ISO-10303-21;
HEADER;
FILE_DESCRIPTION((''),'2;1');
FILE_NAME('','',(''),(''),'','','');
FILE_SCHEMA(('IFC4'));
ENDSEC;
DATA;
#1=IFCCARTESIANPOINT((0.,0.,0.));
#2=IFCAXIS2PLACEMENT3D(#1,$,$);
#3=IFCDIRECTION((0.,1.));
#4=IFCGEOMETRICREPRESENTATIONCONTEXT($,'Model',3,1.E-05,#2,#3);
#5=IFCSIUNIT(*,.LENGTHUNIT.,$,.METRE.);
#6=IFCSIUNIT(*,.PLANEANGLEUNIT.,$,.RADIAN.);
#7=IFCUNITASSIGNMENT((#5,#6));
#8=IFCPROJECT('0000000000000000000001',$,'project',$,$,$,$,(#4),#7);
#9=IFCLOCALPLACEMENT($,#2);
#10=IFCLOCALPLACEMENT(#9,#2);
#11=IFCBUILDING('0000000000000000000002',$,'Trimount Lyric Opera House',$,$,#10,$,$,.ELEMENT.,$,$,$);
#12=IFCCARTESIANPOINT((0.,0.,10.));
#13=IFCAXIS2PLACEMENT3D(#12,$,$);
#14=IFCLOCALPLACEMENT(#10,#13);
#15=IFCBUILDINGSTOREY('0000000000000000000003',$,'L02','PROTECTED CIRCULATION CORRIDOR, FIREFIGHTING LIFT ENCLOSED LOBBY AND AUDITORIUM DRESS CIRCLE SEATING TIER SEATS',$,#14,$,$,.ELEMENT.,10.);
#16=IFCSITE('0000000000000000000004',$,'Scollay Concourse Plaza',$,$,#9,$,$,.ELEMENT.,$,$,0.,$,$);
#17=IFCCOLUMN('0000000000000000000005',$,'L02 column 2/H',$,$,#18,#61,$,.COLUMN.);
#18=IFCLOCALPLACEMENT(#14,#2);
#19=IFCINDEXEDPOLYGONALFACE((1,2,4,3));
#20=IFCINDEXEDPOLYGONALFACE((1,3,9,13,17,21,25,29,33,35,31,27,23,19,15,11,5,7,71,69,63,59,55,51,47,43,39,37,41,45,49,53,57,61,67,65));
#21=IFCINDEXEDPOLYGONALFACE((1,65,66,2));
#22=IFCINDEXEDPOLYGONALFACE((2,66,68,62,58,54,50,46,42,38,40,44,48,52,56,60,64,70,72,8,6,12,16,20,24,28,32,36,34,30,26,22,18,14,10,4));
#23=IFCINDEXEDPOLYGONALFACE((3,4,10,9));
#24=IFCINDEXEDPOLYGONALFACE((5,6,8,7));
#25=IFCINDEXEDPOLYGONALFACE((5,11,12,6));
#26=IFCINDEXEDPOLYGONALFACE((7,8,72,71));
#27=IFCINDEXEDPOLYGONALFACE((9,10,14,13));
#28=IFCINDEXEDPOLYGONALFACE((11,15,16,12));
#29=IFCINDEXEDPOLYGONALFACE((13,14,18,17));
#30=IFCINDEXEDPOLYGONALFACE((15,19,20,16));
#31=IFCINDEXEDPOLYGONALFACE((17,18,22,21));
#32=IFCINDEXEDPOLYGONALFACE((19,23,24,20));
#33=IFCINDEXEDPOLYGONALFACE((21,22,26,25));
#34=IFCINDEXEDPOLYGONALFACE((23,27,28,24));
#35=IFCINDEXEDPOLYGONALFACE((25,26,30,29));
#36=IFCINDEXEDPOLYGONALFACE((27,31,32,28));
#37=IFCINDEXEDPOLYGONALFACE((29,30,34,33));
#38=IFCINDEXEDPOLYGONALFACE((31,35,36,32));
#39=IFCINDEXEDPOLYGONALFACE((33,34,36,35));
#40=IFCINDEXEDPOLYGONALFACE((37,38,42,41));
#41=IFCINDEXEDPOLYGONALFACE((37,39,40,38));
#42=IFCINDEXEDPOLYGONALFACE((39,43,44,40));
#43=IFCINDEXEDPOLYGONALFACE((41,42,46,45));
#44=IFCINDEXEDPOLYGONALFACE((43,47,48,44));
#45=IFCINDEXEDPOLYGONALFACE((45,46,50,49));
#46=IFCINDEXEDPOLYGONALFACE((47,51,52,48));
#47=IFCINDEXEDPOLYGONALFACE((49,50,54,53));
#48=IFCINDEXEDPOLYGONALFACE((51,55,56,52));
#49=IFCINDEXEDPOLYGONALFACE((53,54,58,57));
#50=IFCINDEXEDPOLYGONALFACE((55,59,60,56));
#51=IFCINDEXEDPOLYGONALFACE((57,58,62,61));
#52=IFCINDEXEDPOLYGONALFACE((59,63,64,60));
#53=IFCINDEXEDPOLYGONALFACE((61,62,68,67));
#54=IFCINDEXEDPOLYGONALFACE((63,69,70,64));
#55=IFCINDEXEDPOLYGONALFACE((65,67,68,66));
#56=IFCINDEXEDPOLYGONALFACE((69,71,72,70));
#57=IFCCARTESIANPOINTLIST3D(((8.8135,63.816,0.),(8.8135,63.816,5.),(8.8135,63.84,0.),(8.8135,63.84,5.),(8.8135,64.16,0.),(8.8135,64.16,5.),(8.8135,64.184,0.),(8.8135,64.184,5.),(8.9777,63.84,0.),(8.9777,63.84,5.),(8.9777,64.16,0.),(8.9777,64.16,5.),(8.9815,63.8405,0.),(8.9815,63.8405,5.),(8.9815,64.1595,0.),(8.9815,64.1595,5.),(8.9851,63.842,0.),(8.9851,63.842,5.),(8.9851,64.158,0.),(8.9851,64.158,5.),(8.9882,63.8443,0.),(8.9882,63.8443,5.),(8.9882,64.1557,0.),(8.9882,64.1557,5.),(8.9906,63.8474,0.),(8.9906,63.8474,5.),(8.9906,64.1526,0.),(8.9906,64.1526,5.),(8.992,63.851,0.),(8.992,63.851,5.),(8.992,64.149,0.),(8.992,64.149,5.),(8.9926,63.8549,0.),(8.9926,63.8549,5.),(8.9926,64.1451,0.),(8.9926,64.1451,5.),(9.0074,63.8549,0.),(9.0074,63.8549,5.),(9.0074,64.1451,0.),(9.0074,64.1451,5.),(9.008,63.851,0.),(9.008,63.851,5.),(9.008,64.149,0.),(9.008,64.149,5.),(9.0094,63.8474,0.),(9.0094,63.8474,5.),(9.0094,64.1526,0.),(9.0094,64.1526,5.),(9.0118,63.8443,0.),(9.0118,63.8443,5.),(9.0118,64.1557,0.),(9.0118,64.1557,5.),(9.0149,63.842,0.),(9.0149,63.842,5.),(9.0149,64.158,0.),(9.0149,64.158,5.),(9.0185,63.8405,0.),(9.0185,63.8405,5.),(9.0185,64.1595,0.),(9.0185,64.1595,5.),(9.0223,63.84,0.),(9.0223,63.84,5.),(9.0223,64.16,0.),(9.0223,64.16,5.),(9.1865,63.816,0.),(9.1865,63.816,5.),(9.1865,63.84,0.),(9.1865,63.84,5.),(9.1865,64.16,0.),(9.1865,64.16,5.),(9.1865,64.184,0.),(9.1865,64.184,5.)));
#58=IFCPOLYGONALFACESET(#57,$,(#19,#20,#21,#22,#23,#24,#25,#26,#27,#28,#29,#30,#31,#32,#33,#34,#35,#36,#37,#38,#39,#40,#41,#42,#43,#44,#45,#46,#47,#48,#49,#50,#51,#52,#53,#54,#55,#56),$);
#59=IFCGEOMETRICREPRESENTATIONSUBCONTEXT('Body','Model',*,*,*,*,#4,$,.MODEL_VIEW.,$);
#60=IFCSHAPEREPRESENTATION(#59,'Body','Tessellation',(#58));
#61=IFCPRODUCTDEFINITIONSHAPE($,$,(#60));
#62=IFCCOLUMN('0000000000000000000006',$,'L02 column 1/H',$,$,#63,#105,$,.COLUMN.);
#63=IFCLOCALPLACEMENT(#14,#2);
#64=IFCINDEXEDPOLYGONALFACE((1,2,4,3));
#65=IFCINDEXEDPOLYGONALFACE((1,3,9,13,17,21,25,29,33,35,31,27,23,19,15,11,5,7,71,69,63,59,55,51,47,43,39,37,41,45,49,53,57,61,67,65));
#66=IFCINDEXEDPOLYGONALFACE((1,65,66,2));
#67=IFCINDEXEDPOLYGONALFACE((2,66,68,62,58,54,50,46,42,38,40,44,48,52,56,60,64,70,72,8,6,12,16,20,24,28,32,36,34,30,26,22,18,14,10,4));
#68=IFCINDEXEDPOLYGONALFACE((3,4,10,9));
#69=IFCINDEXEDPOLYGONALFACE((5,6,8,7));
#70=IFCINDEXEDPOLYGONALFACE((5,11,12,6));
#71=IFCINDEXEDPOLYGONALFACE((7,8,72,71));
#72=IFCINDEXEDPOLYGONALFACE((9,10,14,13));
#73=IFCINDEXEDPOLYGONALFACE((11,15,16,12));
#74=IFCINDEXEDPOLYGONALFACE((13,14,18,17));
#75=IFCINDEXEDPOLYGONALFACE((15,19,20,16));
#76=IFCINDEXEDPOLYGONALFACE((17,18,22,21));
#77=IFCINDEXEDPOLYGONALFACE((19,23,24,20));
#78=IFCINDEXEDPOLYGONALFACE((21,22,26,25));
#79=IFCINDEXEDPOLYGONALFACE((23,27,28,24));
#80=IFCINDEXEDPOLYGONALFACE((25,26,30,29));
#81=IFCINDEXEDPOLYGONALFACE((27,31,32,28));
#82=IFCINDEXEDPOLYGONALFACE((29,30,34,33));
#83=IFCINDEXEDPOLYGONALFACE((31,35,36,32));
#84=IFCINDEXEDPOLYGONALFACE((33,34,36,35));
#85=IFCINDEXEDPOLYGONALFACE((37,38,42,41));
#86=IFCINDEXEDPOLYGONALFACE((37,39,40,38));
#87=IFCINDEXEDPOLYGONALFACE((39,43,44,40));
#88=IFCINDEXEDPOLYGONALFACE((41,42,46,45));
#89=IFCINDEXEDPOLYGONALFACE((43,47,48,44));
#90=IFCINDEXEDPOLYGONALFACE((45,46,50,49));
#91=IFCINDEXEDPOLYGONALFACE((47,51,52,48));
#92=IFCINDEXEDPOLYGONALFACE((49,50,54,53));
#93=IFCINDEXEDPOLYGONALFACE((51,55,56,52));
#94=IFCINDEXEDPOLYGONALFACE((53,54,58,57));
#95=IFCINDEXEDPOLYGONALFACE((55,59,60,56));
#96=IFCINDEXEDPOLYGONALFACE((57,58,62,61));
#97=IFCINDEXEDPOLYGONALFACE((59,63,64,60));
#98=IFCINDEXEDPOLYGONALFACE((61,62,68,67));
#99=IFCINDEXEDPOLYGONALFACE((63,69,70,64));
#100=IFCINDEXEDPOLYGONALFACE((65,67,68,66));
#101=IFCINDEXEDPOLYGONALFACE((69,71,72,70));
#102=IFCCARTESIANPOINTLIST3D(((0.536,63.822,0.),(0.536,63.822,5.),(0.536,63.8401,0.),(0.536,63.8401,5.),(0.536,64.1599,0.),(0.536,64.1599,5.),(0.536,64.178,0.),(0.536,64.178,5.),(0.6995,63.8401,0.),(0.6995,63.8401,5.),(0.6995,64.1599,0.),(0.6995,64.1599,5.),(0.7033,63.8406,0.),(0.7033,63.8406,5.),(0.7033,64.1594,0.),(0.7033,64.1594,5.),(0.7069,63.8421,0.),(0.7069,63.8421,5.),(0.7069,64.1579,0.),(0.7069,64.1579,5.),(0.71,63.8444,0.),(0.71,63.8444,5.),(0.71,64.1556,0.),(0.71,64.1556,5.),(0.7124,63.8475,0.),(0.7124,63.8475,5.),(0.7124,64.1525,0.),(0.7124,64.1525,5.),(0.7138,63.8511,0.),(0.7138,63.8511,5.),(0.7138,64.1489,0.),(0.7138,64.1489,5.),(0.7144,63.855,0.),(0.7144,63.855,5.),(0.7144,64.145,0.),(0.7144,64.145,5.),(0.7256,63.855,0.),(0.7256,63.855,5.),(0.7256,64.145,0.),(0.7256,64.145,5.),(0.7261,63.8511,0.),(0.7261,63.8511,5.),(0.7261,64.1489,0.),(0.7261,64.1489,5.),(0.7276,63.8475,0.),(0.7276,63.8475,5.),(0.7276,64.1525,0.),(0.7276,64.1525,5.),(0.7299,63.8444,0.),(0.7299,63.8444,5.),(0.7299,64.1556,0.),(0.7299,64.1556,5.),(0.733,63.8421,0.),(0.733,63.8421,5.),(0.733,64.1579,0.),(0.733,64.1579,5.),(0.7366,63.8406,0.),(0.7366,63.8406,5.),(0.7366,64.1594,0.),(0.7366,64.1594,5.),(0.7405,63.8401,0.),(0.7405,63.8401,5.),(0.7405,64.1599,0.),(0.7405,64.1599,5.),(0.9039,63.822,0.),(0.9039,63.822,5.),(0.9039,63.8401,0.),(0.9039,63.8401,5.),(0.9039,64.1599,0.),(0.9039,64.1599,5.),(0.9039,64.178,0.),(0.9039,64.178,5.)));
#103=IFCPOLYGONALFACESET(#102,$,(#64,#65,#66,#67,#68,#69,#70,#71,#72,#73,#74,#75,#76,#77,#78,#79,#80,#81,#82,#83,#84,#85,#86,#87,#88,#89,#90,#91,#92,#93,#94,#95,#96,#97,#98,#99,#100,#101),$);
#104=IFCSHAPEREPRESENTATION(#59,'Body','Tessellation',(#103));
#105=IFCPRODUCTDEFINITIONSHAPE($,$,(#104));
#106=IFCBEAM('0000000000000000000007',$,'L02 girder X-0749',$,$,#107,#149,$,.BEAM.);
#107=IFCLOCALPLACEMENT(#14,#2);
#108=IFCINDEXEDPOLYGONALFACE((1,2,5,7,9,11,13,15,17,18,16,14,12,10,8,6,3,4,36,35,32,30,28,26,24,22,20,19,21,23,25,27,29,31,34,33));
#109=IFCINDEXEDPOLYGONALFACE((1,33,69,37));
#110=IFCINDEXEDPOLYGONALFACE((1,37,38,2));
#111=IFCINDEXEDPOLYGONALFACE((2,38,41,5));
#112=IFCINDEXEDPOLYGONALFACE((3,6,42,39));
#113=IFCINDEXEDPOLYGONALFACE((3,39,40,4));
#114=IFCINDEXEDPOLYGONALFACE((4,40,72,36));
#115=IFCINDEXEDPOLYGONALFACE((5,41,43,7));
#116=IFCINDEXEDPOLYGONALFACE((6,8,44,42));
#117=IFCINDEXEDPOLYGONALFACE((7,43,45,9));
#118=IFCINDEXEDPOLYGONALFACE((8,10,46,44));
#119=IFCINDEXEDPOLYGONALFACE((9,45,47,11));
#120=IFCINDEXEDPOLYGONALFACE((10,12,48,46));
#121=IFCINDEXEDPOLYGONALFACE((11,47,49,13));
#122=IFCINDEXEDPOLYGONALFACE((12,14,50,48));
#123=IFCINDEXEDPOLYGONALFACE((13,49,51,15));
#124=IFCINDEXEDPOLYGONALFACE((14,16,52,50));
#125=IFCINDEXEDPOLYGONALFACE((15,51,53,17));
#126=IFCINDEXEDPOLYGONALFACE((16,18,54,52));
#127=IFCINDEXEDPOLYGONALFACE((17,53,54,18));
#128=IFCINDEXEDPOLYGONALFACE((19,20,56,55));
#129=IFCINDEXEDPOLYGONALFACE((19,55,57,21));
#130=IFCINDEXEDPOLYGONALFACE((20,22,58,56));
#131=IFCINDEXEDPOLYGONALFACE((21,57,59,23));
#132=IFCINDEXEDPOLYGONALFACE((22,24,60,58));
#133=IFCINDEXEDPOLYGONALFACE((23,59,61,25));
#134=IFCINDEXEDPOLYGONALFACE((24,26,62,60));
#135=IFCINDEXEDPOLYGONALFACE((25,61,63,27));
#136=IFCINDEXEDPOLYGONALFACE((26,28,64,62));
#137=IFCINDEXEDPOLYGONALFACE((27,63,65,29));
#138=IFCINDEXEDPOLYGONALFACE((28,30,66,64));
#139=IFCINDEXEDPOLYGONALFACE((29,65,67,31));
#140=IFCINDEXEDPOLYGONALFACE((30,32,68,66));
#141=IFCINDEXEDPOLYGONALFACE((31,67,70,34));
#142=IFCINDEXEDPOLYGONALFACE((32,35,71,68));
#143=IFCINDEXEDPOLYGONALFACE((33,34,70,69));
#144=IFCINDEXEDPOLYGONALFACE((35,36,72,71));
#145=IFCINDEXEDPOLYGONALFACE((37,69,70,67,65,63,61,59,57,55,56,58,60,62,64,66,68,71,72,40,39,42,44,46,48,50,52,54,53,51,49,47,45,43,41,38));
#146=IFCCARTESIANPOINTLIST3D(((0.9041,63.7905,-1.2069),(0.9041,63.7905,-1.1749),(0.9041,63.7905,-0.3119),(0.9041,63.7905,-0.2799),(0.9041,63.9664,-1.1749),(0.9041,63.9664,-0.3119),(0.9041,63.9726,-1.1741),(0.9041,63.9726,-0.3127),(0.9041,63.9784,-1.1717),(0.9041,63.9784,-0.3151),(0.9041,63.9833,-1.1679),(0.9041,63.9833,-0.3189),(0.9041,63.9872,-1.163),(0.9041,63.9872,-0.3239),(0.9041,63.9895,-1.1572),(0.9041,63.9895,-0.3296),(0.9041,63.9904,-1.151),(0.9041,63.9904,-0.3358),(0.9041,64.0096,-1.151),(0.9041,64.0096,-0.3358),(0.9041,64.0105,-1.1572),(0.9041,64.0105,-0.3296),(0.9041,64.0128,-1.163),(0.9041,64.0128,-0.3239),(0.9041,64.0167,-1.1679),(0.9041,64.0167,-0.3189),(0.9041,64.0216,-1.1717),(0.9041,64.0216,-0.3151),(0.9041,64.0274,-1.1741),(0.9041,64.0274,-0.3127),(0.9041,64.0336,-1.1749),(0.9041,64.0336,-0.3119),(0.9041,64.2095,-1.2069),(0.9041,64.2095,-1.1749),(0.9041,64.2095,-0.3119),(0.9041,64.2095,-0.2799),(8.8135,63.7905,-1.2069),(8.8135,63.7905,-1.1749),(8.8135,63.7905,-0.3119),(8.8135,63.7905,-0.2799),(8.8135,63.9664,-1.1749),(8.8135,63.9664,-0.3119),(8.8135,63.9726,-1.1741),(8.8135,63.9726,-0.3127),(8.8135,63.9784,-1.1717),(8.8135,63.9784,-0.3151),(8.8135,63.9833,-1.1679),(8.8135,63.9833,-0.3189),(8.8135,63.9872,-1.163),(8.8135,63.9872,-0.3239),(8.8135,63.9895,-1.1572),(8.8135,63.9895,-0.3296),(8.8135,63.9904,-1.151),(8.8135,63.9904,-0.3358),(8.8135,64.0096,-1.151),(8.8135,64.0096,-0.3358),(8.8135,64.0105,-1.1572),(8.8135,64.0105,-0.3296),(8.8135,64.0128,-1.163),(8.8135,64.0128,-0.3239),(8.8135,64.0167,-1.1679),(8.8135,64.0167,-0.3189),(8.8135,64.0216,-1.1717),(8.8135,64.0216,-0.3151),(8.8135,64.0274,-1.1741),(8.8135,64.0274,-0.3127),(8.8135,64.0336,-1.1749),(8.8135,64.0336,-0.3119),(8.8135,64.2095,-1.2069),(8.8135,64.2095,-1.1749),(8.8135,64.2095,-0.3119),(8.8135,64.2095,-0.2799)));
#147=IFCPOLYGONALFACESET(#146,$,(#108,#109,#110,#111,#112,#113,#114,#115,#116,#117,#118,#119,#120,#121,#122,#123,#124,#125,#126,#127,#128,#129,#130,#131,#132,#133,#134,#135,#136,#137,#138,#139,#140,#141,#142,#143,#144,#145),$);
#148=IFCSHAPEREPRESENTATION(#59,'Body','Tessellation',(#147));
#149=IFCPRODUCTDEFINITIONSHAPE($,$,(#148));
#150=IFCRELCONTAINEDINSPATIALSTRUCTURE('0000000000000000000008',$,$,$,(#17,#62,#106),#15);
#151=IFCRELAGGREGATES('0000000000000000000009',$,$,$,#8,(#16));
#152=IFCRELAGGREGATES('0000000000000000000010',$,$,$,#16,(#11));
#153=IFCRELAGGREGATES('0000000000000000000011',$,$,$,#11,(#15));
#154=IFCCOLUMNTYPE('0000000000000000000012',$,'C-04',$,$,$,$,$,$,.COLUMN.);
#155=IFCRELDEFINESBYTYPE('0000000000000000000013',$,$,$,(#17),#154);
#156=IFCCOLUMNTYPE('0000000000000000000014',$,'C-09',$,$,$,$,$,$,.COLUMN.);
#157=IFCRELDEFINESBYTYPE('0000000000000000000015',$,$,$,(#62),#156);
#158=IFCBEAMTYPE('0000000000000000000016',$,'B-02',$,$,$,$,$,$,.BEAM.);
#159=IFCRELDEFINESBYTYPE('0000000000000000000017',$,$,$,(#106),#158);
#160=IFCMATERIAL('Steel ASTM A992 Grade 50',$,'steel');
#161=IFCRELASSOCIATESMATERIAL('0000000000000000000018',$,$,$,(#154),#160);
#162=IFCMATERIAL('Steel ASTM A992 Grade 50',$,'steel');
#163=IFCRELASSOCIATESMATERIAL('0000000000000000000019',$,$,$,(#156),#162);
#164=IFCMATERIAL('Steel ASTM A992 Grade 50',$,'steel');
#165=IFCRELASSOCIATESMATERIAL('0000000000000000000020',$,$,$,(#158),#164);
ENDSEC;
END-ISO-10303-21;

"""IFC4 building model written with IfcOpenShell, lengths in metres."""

from ifc_helpers import new_model, si_unit, direction, frame, origin, origin_2d, place, context, subcontext, project, spatial, i_section, extrude, material, material_profile, profile_set, type_object, element, save


model = new_model("IFC4")

# Units and contexts
model_context = context("Model", 3, precision=1e-05, world=origin(), true_north=direction((0.0, 1.0)))
body_context = subcontext(model_context, "Body", "Model", "MODEL_VIEW")
ifc_project = project(units=[si_unit("LENGTHUNIT", "METRE"), si_unit("PLANEANGLEUNIT", "RADIAN")], contexts=[model_context])

# Site, building, storey
site_placement = place(None, origin())
site = spatial("IfcSite", under=ifc_project, at=site_placement, Name="Scollay Concourse Plaza", CompositionType="ELEMENT", RefElevation=0.0)
building_placement = place(site_placement, origin())
building = spatial("IfcBuilding", under=site, at=building_placement, Name="Trimount Lyric Opera House", CompositionType="ELEMENT")
storey_placement = place(building_placement, frame((0.0, 0.0, 10.0)))
storey = spatial("IfcBuildingStorey", under=building, at=storey_placement, Name="L02", Description="PROTECTED CIRCULATION CORRIDOR, FIREFIGHTING LIFT ENCLOSED LOBBY AND AUDITORIUM DRESS CIRCLE SEATING TIER SEATS", CompositionType="ELEMENT", Elevation=10.0)

# Columns
ifc_material_1 = material(Name="Steel ASTM A992 Grade 50", Category="steel")
ifc_material_profile_1 = material_profile(ifc_material_1, i_section(OverallWidth=0.373, OverallDepth=0.3679, WebThickness=0.0149, FlangeThickness=0.0239, FilletRadius=0.0149, at=origin_2d()), Name="W14X120")
ifc_profile_set_1 = profile_set([ifc_material_profile_1], Name="Steel ASTM A992 Grade 50")
column_type_1 = type_object("IfcColumnType", Name="C-04", PredefinedType="COLUMN", material=ifc_profile_set_1)
column_1_placement = place(storey_placement, frame((9.0, 64.0, 0.0), z_axis=(0.0, 0.0, 1.0), x_axis=(1.0, 0.0, 0.0)))
element("IfcColumn", 1, at=column_1_placement, inside=storey, type_object=column_type_1, Name="L02 column 2/H", PredefinedType="COLUMN", context=body_context, shape_type="SweptSolid", body=[
    extrude(i_section(OverallWidth=0.373, OverallDepth=0.3679, WebThickness=0.0149, FlangeThickness=0.0239, FilletRadius=0.0149, at=origin_2d()), origin(), (0.0, 0.0, 1.0), 5.0),
])
ifc_material_2 = material(Name="Steel ASTM A992 Grade 50", Category="steel")
ifc_material_profile_2 = material_profile(ifc_material_2, i_section(OverallWidth=0.3679, OverallDepth=0.356, WebThickness=0.0112, FlangeThickness=0.0181, FilletRadius=0.0149, at=origin_2d()), Name="W14X90")
ifc_profile_set_2 = profile_set([ifc_material_profile_2], Name="Steel ASTM A992 Grade 50")
column_type_2 = type_object("IfcColumnType", Name="C-09", PredefinedType="COLUMN", material=ifc_profile_set_2)
column_2_placement = place(storey_placement, frame((0.72, 64.0, 0.0), z_axis=(0.0, 0.0, 1.0), x_axis=(1.0, 0.0, 0.0)))
element("IfcColumn", 2, at=column_2_placement, inside=storey, type_object=column_type_2, Name="L02 column 1/H", PredefinedType="COLUMN", context=body_context, shape_type="SweptSolid", body=[
    extrude(i_section(OverallWidth=0.3679, OverallDepth=0.356, WebThickness=0.0112, FlangeThickness=0.0181, FilletRadius=0.0149, at=origin_2d()), origin(), (0.0, 0.0, 1.0), 5.0),
])

# Beam
ifc_material_3 = material(Name="Steel ASTM A992 Grade 50", Category="steel")
ifc_material_profile_3 = material_profile(ifc_material_3, i_section(OverallWidth=0.4189, OverallDepth=0.927, WebThickness=0.0193, FlangeThickness=0.032, FilletRadius=0.0239, at=origin_2d()), Name="W36X231")
ifc_profile_set_3 = profile_set([ifc_material_profile_3], Name="Steel ASTM A992 Grade 50")
beam_type_1 = type_object("IfcBeamType", Name="B-02", PredefinedType="BEAM", material=ifc_profile_set_3)
beam_1_placement = place(storey_placement, frame((0.9041, 64.0, -0.7434), z_axis=(1.0, 0.0, 0.0), x_axis=(0.0, 1.0, 0.0)))
element("IfcBeam", 3, at=beam_1_placement, inside=storey, type_object=beam_type_1, Name="L02 girder X-0749", PredefinedType="BEAM", context=body_context, shape_type="SweptSolid", body=[
    extrude(i_section(OverallWidth=0.4189, OverallDepth=0.927, WebThickness=0.0193, FlangeThickness=0.032, FilletRadius=0.0239, at=origin_2d()), origin(), (0.0, 0.0, 1.0), 7.9094),
])

save(model, "model.ifc")
